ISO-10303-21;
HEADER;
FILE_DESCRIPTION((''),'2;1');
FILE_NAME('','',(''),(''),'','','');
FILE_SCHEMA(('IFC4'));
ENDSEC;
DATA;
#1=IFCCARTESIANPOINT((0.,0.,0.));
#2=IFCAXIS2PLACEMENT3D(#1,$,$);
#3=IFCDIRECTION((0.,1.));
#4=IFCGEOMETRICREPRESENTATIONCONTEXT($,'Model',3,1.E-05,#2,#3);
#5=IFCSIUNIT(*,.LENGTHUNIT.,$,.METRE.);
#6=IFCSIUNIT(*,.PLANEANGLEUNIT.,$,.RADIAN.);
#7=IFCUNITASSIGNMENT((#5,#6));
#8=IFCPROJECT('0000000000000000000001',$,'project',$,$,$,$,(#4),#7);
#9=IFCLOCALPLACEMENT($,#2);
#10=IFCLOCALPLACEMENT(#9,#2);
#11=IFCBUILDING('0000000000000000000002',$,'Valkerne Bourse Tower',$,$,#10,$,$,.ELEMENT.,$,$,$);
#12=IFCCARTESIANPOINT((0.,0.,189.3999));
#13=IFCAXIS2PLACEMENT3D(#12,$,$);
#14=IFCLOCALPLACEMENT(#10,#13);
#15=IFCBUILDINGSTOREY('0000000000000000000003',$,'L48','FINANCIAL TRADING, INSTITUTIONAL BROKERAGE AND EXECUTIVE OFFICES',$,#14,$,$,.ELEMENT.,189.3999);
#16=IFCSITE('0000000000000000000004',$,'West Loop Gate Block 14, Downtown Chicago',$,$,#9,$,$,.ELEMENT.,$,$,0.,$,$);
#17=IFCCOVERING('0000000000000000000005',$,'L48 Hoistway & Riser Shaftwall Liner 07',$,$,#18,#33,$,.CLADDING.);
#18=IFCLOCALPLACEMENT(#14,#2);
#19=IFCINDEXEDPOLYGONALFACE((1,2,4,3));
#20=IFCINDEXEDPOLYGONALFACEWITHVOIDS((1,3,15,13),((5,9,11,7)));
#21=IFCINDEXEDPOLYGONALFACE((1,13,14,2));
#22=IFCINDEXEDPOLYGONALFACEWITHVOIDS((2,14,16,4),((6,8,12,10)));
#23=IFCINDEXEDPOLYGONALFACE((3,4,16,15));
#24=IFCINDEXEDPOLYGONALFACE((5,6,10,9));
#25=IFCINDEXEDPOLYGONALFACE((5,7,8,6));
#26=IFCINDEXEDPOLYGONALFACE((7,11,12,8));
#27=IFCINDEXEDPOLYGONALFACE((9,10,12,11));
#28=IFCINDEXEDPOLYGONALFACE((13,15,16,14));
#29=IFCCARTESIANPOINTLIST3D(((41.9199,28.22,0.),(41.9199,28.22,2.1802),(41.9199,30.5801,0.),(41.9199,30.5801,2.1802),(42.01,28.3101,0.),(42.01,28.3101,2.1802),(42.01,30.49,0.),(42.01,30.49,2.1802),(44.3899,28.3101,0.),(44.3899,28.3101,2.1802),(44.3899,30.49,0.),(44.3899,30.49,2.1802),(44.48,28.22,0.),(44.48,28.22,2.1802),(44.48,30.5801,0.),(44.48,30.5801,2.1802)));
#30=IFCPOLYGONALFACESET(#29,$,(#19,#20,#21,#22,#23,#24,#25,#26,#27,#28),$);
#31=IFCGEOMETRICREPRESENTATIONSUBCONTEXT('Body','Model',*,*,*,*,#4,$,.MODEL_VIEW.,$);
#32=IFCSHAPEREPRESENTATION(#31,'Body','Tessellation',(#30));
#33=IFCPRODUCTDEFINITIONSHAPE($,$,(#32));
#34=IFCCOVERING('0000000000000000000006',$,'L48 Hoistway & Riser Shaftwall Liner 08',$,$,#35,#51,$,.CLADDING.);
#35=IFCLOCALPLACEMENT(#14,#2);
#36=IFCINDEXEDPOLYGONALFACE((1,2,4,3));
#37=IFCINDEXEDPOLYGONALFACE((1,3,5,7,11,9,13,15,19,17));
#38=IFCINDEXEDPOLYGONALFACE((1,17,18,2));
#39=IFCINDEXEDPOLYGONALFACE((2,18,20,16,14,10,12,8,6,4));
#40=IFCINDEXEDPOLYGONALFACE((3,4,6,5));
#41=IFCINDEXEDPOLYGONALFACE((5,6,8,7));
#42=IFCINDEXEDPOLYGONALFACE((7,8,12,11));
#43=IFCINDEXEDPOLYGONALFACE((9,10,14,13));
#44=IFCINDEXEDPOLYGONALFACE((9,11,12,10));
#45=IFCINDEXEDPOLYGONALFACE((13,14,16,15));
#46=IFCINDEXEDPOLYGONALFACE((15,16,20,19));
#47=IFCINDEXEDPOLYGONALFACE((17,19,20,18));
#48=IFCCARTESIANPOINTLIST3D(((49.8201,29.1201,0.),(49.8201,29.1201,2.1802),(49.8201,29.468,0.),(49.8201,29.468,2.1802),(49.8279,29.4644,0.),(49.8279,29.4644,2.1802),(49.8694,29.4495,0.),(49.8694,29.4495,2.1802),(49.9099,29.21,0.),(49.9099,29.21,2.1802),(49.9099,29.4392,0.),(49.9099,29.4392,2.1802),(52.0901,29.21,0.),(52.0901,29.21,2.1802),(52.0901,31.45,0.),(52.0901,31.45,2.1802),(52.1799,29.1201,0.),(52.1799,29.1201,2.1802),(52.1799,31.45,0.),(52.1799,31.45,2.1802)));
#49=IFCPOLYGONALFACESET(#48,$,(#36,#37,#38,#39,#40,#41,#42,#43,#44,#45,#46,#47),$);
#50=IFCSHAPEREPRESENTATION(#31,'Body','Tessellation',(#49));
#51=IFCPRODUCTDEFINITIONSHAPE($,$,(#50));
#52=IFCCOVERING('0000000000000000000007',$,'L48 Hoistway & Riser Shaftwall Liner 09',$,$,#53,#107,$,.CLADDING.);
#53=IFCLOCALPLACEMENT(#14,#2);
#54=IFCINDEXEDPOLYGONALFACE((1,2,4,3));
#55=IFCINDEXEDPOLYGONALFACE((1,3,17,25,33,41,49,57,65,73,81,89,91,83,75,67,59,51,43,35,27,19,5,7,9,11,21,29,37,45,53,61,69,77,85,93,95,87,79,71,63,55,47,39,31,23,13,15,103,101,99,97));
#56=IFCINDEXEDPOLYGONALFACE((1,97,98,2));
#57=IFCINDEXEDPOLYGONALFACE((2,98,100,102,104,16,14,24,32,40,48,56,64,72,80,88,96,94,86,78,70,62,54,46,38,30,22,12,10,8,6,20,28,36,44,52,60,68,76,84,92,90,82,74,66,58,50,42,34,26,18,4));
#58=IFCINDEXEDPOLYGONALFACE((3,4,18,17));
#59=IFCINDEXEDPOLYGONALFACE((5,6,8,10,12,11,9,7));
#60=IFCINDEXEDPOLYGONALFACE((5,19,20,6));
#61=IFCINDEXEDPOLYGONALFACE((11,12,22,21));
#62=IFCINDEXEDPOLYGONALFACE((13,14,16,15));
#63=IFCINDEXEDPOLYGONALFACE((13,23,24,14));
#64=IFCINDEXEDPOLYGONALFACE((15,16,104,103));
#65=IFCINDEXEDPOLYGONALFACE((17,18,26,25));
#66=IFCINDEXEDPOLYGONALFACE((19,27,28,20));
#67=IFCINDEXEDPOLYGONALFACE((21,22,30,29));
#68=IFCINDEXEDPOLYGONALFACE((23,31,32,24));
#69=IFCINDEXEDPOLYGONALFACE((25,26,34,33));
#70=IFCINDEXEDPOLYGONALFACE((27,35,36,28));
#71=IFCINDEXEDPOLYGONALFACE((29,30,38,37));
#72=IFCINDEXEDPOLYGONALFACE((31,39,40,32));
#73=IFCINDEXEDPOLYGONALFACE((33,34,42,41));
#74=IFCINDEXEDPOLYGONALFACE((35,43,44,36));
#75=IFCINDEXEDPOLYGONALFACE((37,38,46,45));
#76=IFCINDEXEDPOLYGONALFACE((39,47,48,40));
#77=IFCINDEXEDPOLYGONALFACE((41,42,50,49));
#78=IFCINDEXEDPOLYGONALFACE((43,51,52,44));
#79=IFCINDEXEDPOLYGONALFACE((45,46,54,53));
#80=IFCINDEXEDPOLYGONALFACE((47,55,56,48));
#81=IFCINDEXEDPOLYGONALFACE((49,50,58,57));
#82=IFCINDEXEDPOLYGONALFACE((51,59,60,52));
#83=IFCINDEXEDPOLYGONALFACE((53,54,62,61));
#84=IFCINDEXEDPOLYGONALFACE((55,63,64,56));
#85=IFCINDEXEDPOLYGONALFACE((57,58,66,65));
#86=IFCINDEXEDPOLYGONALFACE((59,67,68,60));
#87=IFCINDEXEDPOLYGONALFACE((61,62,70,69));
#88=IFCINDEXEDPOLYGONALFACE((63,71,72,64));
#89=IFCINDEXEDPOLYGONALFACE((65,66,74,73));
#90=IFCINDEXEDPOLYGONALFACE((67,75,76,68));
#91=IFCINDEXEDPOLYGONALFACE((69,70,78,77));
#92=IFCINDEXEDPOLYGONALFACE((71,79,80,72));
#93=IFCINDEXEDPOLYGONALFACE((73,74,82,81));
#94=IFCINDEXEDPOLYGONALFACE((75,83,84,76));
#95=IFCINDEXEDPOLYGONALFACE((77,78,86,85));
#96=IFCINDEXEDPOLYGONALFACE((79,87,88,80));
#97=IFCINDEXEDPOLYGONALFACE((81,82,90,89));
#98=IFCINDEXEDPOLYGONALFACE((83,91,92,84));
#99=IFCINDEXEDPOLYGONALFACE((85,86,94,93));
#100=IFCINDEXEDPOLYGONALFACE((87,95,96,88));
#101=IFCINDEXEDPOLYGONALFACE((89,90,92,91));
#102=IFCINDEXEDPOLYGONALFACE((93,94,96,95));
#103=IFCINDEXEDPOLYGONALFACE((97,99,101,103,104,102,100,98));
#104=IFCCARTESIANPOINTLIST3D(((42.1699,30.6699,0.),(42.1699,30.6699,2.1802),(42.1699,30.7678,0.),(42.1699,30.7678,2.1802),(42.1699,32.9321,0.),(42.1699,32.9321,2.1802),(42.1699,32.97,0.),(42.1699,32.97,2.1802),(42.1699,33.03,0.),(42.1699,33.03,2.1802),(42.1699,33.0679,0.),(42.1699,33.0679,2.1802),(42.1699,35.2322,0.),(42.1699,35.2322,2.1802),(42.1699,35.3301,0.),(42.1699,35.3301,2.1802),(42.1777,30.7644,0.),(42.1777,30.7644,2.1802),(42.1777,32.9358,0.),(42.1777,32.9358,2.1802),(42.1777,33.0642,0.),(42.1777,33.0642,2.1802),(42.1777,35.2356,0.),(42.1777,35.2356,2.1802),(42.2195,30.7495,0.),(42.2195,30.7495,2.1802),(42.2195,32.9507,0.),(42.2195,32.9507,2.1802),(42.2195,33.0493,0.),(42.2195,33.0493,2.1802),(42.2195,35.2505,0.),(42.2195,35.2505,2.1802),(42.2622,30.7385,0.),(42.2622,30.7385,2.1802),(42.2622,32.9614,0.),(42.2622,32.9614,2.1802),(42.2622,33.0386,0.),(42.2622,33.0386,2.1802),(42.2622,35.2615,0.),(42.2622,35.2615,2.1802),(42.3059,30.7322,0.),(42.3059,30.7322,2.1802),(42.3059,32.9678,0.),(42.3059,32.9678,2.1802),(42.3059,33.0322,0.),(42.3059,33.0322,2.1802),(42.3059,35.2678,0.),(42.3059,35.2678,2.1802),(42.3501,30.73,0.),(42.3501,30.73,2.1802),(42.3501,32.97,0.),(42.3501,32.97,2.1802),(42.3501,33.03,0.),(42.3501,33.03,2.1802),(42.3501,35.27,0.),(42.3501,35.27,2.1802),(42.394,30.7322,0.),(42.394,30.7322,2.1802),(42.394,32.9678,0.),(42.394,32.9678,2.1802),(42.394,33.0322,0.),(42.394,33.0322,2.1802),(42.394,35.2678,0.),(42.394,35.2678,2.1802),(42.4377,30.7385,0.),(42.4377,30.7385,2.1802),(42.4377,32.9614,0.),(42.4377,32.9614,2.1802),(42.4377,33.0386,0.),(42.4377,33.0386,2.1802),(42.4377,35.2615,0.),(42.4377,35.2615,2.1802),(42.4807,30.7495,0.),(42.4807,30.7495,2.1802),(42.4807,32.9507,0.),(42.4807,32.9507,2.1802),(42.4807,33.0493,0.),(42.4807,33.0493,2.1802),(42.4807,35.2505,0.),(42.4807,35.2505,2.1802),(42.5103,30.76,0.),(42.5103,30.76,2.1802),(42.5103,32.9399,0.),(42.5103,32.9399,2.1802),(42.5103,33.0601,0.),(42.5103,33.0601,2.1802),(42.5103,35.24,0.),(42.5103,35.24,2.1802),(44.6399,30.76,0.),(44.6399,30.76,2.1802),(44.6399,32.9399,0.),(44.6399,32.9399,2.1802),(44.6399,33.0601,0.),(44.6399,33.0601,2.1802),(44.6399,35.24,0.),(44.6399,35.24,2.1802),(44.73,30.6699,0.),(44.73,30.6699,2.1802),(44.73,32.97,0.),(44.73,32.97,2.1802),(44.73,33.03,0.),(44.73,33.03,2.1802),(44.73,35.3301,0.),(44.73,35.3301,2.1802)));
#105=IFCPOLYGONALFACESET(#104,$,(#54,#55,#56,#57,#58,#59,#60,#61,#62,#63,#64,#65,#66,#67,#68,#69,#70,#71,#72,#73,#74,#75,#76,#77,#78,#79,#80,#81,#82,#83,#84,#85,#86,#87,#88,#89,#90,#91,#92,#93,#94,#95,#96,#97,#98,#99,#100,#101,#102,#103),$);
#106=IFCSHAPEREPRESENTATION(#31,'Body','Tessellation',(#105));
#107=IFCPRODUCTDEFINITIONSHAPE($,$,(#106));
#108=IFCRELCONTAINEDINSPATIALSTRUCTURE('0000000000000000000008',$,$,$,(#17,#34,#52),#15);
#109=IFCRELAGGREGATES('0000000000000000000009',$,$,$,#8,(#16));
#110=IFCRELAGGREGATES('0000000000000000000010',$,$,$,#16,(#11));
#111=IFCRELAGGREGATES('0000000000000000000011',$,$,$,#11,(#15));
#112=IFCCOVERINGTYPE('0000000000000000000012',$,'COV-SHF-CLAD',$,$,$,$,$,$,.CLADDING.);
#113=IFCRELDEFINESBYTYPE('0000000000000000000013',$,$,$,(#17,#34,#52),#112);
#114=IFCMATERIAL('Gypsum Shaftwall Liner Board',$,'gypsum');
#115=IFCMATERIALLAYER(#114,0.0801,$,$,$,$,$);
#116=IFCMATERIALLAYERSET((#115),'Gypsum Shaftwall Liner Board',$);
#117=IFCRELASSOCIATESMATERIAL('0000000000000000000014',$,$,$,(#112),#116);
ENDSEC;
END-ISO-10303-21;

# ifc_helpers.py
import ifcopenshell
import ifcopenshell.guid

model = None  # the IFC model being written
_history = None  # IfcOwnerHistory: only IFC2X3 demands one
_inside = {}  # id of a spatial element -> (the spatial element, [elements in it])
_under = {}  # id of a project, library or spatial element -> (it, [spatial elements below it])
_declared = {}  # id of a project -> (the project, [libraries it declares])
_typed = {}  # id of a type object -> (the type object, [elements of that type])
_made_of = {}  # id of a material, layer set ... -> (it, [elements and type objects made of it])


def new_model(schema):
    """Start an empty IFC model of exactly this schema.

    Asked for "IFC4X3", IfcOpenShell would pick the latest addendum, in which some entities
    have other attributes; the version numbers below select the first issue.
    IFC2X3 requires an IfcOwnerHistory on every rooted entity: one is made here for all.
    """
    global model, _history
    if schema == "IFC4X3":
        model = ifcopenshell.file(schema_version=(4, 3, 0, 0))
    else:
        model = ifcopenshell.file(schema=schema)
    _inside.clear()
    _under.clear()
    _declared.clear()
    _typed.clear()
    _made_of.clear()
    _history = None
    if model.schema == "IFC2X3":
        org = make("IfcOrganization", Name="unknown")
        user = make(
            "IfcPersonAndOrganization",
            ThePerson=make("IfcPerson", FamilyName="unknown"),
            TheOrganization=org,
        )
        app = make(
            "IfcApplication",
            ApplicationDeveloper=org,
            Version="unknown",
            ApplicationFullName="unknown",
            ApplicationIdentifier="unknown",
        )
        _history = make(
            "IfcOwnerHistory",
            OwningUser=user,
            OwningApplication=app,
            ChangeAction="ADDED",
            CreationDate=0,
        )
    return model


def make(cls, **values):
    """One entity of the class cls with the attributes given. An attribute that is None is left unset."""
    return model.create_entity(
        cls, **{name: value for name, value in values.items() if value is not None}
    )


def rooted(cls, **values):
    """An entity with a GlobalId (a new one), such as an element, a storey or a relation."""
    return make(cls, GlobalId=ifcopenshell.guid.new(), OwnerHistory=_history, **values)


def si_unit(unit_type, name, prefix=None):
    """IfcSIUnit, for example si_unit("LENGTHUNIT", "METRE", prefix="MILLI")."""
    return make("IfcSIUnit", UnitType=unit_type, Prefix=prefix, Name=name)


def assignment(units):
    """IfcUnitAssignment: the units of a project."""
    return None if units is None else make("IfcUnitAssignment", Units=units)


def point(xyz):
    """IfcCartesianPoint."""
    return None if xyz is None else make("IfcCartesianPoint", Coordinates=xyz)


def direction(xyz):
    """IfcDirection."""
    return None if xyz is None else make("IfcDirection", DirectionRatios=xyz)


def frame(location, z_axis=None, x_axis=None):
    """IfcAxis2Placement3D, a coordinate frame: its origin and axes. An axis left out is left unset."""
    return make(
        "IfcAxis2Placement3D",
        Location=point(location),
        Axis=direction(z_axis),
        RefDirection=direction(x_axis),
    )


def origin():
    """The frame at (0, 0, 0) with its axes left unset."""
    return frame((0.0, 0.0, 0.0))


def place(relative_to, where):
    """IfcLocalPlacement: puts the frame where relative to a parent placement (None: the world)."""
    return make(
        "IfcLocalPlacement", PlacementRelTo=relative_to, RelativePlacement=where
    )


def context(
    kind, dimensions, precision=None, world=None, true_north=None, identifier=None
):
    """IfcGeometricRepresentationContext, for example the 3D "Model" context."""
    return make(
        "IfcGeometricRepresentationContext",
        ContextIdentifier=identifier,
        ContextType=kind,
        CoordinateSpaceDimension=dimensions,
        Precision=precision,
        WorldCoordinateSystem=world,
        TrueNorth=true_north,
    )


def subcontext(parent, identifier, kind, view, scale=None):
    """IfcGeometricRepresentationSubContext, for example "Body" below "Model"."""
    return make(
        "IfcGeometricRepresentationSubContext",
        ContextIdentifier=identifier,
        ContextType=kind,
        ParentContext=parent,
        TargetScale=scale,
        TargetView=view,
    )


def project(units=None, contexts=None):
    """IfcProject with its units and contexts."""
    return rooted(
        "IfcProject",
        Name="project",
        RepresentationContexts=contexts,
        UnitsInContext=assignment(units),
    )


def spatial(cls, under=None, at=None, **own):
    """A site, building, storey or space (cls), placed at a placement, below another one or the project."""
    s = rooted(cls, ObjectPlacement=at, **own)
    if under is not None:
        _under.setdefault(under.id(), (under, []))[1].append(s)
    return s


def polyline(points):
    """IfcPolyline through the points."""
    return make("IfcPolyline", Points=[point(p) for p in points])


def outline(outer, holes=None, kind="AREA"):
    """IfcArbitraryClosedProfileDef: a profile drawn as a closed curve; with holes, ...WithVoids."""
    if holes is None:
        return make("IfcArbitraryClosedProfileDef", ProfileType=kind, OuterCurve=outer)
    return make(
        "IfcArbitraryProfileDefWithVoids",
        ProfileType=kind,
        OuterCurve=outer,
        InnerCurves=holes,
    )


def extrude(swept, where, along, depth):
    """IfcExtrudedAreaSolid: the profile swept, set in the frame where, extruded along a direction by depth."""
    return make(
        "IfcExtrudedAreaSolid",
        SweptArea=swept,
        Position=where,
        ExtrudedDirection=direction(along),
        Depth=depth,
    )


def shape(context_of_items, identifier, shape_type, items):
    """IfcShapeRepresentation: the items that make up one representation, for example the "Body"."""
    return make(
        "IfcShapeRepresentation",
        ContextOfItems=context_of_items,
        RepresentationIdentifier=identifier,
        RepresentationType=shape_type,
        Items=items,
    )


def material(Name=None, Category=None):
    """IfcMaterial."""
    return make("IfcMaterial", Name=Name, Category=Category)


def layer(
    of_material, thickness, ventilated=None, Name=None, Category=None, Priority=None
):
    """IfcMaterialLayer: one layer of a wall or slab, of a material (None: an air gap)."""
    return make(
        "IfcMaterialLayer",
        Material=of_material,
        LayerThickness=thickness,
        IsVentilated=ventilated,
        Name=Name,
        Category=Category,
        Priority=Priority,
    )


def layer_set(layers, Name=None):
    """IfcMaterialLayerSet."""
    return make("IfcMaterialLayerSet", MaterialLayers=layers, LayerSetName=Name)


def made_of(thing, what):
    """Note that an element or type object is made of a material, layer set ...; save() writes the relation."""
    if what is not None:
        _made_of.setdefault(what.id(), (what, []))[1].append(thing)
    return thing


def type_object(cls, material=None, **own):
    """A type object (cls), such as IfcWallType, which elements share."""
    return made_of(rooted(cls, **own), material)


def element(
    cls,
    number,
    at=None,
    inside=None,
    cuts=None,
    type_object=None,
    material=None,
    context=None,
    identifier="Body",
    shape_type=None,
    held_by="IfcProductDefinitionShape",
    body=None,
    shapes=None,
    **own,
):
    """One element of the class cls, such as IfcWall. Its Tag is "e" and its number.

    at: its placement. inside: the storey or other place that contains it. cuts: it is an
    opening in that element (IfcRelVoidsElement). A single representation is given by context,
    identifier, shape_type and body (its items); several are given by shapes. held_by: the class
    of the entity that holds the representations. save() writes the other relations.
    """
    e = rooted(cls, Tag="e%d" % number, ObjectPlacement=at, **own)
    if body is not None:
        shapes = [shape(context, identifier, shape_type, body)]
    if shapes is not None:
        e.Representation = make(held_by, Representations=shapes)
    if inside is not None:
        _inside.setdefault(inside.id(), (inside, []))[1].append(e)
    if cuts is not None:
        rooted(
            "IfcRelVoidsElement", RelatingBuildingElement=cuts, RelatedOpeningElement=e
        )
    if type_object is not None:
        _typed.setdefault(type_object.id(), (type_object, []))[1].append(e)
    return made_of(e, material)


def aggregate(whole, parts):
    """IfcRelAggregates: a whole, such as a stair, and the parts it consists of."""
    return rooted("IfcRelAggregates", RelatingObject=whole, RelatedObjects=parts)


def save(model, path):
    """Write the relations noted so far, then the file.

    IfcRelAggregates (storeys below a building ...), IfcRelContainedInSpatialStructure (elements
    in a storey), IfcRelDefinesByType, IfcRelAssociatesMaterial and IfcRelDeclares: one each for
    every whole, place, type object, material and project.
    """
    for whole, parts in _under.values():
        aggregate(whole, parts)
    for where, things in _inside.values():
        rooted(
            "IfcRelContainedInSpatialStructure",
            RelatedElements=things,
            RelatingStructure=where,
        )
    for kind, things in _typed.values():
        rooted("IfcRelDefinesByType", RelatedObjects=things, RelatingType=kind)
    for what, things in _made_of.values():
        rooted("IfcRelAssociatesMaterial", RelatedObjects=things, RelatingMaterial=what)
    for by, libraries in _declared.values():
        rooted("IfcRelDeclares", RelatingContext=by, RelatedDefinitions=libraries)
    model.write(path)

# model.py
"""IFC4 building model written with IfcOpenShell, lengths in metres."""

from ifc_helpers import new_model, si_unit, direction, frame, origin, place, context, subcontext, project, spatial, polyline, outline, extrude, material, layer, layer_set, type_object, element, save


model = new_model("IFC4")

# Units and contexts
model_context = context("Model", 3, precision=1e-05, world=origin(), true_north=direction((0.0, 1.0)))
body_context = subcontext(model_context, "Body", "Model", "MODEL_VIEW")
ifc_project = project(units=[si_unit("LENGTHUNIT", "METRE"), si_unit("PLANEANGLEUNIT", "RADIAN")], contexts=[model_context])

# Site, building, storey
site_placement = place(None, origin())
site = spatial("IfcSite", under=ifc_project, at=site_placement, Name="West Loop Gate Block 14, Downtown Chicago", CompositionType="ELEMENT", RefElevation=0.0)
building_placement = place(site_placement, origin())
building = spatial("IfcBuilding", under=site, at=building_placement, Name="Valkerne Bourse Tower", CompositionType="ELEMENT")
storey_placement = place(building_placement, frame((0.0, 0.0, 189.3999)))
storey = spatial("IfcBuildingStorey", under=building, at=storey_placement, Name="L48", Description="FINANCIAL TRADING, INSTITUTIONAL BROKERAGE AND EXECUTIVE OFFICES", CompositionType="ELEMENT", Elevation=189.3999)

# Coverings
ifc_material_1 = material(Name="Gypsum Shaftwall Liner Board", Category="gypsum")
ifc_layer_1 = layer(ifc_material_1, 0.0801)
ifc_layer_set_1 = layer_set([ifc_layer_1], Name="Gypsum Shaftwall Liner Board")
covering_type_1 = type_object("IfcCoveringType", Name="COV-SHF-CLAD", PredefinedType="CLADDING", material=ifc_layer_set_1)
covering_1_placement = place(storey_placement, origin())
element("IfcCovering", 1, at=covering_1_placement, inside=storey, type_object=covering_type_1, Name="L48 Hoistway & Riser Shaftwall Liner 07", PredefinedType="CLADDING", context=body_context, shape_type="SweptSolid", body=[
    extrude(outline(polyline([(44.48, 28.22), (41.9199, 28.22), (41.9199, 30.5801), (44.48, 30.5801), (44.48, 28.22)]), holes=[polyline([(42.01, 30.49), (42.01, 28.3101), (44.3899, 28.3101), (44.3899, 30.49), (42.01, 30.49)])]), origin(), (0.0, 0.0, 1.0), 2.1802),
])
covering_2_placement = place(storey_placement, origin())
element("IfcCovering", 2, at=covering_2_placement, inside=storey, type_object=covering_type_1, Name="L48 Hoistway & Riser Shaftwall Liner 08", PredefinedType="CLADDING", context=body_context, shape_type="SweptSolid", body=[
    extrude(outline(polyline([(49.8201, 29.1201), (49.8201, 29.468), (49.8279, 29.4644), (49.8694, 29.4495), (49.9099, 29.4392), (49.9099, 29.21), (52.0901, 29.21), (52.0901, 31.45), (52.1799, 31.45), (52.1799, 29.1201), (49.8201, 29.1201)])), origin(), (0.0, 0.0, 1.0), 2.1802),
])
covering_3_placement = place(storey_placement, origin())
element("IfcCovering", 3, at=covering_3_placement, inside=storey, type_object=covering_type_1, Name="L48 Hoistway & Riser Shaftwall Liner 09", PredefinedType="CLADDING", context=body_context, shape_type="SweptSolid", body=[
    extrude(outline(polyline([(42.1699, 33.0679), (42.1777, 33.0642), (42.2195, 33.0493), (42.2622, 33.0386), (42.3059, 33.0322), (42.3501, 33.03), (42.394, 33.0322), (42.4377, 33.0386), (42.4807, 33.0493), (42.5103, 33.0601), (44.6399, 33.0601), (44.6399, 35.24), (42.5103, 35.24), (42.4807, 35.2505), (42.4377, 35.2615), (42.394, 35.2678), (42.3501, 35.27), (42.3059, 35.2678), (42.2622, 35.2615), (42.2195, 35.2505), (42.1777, 35.2356), (42.1699, 35.2322), (42.1699, 35.3301), (44.73, 35.3301), (44.73, 33.03), (44.73, 32.97), (44.73, 30.6699), (42.1699, 30.6699), (42.1699, 30.7678), (42.1777, 30.7644), (42.2195, 30.7495), (42.2622, 30.7385), (42.3059, 30.7322), (42.3501, 30.73), (42.394, 30.7322), (42.4377, 30.7385), (42.4807, 30.7495), (42.5103, 30.76), (44.6399, 30.76), (44.6399, 32.9399), (42.5103, 32.9399), (42.4807, 32.9507), (42.4377, 32.9614), (42.394, 32.9678), (42.3501, 32.97), (42.3059, 32.9678), (42.2622, 32.9614), (42.2195, 32.9507), (42.1777, 32.9358), (42.1699, 32.9321), (42.1699, 32.97), (42.1699, 33.03), (42.1699, 33.0679)])), origin(), (0.0, 0.0, 1.0), 2.1802),
])

save(model, "model.ifc")
